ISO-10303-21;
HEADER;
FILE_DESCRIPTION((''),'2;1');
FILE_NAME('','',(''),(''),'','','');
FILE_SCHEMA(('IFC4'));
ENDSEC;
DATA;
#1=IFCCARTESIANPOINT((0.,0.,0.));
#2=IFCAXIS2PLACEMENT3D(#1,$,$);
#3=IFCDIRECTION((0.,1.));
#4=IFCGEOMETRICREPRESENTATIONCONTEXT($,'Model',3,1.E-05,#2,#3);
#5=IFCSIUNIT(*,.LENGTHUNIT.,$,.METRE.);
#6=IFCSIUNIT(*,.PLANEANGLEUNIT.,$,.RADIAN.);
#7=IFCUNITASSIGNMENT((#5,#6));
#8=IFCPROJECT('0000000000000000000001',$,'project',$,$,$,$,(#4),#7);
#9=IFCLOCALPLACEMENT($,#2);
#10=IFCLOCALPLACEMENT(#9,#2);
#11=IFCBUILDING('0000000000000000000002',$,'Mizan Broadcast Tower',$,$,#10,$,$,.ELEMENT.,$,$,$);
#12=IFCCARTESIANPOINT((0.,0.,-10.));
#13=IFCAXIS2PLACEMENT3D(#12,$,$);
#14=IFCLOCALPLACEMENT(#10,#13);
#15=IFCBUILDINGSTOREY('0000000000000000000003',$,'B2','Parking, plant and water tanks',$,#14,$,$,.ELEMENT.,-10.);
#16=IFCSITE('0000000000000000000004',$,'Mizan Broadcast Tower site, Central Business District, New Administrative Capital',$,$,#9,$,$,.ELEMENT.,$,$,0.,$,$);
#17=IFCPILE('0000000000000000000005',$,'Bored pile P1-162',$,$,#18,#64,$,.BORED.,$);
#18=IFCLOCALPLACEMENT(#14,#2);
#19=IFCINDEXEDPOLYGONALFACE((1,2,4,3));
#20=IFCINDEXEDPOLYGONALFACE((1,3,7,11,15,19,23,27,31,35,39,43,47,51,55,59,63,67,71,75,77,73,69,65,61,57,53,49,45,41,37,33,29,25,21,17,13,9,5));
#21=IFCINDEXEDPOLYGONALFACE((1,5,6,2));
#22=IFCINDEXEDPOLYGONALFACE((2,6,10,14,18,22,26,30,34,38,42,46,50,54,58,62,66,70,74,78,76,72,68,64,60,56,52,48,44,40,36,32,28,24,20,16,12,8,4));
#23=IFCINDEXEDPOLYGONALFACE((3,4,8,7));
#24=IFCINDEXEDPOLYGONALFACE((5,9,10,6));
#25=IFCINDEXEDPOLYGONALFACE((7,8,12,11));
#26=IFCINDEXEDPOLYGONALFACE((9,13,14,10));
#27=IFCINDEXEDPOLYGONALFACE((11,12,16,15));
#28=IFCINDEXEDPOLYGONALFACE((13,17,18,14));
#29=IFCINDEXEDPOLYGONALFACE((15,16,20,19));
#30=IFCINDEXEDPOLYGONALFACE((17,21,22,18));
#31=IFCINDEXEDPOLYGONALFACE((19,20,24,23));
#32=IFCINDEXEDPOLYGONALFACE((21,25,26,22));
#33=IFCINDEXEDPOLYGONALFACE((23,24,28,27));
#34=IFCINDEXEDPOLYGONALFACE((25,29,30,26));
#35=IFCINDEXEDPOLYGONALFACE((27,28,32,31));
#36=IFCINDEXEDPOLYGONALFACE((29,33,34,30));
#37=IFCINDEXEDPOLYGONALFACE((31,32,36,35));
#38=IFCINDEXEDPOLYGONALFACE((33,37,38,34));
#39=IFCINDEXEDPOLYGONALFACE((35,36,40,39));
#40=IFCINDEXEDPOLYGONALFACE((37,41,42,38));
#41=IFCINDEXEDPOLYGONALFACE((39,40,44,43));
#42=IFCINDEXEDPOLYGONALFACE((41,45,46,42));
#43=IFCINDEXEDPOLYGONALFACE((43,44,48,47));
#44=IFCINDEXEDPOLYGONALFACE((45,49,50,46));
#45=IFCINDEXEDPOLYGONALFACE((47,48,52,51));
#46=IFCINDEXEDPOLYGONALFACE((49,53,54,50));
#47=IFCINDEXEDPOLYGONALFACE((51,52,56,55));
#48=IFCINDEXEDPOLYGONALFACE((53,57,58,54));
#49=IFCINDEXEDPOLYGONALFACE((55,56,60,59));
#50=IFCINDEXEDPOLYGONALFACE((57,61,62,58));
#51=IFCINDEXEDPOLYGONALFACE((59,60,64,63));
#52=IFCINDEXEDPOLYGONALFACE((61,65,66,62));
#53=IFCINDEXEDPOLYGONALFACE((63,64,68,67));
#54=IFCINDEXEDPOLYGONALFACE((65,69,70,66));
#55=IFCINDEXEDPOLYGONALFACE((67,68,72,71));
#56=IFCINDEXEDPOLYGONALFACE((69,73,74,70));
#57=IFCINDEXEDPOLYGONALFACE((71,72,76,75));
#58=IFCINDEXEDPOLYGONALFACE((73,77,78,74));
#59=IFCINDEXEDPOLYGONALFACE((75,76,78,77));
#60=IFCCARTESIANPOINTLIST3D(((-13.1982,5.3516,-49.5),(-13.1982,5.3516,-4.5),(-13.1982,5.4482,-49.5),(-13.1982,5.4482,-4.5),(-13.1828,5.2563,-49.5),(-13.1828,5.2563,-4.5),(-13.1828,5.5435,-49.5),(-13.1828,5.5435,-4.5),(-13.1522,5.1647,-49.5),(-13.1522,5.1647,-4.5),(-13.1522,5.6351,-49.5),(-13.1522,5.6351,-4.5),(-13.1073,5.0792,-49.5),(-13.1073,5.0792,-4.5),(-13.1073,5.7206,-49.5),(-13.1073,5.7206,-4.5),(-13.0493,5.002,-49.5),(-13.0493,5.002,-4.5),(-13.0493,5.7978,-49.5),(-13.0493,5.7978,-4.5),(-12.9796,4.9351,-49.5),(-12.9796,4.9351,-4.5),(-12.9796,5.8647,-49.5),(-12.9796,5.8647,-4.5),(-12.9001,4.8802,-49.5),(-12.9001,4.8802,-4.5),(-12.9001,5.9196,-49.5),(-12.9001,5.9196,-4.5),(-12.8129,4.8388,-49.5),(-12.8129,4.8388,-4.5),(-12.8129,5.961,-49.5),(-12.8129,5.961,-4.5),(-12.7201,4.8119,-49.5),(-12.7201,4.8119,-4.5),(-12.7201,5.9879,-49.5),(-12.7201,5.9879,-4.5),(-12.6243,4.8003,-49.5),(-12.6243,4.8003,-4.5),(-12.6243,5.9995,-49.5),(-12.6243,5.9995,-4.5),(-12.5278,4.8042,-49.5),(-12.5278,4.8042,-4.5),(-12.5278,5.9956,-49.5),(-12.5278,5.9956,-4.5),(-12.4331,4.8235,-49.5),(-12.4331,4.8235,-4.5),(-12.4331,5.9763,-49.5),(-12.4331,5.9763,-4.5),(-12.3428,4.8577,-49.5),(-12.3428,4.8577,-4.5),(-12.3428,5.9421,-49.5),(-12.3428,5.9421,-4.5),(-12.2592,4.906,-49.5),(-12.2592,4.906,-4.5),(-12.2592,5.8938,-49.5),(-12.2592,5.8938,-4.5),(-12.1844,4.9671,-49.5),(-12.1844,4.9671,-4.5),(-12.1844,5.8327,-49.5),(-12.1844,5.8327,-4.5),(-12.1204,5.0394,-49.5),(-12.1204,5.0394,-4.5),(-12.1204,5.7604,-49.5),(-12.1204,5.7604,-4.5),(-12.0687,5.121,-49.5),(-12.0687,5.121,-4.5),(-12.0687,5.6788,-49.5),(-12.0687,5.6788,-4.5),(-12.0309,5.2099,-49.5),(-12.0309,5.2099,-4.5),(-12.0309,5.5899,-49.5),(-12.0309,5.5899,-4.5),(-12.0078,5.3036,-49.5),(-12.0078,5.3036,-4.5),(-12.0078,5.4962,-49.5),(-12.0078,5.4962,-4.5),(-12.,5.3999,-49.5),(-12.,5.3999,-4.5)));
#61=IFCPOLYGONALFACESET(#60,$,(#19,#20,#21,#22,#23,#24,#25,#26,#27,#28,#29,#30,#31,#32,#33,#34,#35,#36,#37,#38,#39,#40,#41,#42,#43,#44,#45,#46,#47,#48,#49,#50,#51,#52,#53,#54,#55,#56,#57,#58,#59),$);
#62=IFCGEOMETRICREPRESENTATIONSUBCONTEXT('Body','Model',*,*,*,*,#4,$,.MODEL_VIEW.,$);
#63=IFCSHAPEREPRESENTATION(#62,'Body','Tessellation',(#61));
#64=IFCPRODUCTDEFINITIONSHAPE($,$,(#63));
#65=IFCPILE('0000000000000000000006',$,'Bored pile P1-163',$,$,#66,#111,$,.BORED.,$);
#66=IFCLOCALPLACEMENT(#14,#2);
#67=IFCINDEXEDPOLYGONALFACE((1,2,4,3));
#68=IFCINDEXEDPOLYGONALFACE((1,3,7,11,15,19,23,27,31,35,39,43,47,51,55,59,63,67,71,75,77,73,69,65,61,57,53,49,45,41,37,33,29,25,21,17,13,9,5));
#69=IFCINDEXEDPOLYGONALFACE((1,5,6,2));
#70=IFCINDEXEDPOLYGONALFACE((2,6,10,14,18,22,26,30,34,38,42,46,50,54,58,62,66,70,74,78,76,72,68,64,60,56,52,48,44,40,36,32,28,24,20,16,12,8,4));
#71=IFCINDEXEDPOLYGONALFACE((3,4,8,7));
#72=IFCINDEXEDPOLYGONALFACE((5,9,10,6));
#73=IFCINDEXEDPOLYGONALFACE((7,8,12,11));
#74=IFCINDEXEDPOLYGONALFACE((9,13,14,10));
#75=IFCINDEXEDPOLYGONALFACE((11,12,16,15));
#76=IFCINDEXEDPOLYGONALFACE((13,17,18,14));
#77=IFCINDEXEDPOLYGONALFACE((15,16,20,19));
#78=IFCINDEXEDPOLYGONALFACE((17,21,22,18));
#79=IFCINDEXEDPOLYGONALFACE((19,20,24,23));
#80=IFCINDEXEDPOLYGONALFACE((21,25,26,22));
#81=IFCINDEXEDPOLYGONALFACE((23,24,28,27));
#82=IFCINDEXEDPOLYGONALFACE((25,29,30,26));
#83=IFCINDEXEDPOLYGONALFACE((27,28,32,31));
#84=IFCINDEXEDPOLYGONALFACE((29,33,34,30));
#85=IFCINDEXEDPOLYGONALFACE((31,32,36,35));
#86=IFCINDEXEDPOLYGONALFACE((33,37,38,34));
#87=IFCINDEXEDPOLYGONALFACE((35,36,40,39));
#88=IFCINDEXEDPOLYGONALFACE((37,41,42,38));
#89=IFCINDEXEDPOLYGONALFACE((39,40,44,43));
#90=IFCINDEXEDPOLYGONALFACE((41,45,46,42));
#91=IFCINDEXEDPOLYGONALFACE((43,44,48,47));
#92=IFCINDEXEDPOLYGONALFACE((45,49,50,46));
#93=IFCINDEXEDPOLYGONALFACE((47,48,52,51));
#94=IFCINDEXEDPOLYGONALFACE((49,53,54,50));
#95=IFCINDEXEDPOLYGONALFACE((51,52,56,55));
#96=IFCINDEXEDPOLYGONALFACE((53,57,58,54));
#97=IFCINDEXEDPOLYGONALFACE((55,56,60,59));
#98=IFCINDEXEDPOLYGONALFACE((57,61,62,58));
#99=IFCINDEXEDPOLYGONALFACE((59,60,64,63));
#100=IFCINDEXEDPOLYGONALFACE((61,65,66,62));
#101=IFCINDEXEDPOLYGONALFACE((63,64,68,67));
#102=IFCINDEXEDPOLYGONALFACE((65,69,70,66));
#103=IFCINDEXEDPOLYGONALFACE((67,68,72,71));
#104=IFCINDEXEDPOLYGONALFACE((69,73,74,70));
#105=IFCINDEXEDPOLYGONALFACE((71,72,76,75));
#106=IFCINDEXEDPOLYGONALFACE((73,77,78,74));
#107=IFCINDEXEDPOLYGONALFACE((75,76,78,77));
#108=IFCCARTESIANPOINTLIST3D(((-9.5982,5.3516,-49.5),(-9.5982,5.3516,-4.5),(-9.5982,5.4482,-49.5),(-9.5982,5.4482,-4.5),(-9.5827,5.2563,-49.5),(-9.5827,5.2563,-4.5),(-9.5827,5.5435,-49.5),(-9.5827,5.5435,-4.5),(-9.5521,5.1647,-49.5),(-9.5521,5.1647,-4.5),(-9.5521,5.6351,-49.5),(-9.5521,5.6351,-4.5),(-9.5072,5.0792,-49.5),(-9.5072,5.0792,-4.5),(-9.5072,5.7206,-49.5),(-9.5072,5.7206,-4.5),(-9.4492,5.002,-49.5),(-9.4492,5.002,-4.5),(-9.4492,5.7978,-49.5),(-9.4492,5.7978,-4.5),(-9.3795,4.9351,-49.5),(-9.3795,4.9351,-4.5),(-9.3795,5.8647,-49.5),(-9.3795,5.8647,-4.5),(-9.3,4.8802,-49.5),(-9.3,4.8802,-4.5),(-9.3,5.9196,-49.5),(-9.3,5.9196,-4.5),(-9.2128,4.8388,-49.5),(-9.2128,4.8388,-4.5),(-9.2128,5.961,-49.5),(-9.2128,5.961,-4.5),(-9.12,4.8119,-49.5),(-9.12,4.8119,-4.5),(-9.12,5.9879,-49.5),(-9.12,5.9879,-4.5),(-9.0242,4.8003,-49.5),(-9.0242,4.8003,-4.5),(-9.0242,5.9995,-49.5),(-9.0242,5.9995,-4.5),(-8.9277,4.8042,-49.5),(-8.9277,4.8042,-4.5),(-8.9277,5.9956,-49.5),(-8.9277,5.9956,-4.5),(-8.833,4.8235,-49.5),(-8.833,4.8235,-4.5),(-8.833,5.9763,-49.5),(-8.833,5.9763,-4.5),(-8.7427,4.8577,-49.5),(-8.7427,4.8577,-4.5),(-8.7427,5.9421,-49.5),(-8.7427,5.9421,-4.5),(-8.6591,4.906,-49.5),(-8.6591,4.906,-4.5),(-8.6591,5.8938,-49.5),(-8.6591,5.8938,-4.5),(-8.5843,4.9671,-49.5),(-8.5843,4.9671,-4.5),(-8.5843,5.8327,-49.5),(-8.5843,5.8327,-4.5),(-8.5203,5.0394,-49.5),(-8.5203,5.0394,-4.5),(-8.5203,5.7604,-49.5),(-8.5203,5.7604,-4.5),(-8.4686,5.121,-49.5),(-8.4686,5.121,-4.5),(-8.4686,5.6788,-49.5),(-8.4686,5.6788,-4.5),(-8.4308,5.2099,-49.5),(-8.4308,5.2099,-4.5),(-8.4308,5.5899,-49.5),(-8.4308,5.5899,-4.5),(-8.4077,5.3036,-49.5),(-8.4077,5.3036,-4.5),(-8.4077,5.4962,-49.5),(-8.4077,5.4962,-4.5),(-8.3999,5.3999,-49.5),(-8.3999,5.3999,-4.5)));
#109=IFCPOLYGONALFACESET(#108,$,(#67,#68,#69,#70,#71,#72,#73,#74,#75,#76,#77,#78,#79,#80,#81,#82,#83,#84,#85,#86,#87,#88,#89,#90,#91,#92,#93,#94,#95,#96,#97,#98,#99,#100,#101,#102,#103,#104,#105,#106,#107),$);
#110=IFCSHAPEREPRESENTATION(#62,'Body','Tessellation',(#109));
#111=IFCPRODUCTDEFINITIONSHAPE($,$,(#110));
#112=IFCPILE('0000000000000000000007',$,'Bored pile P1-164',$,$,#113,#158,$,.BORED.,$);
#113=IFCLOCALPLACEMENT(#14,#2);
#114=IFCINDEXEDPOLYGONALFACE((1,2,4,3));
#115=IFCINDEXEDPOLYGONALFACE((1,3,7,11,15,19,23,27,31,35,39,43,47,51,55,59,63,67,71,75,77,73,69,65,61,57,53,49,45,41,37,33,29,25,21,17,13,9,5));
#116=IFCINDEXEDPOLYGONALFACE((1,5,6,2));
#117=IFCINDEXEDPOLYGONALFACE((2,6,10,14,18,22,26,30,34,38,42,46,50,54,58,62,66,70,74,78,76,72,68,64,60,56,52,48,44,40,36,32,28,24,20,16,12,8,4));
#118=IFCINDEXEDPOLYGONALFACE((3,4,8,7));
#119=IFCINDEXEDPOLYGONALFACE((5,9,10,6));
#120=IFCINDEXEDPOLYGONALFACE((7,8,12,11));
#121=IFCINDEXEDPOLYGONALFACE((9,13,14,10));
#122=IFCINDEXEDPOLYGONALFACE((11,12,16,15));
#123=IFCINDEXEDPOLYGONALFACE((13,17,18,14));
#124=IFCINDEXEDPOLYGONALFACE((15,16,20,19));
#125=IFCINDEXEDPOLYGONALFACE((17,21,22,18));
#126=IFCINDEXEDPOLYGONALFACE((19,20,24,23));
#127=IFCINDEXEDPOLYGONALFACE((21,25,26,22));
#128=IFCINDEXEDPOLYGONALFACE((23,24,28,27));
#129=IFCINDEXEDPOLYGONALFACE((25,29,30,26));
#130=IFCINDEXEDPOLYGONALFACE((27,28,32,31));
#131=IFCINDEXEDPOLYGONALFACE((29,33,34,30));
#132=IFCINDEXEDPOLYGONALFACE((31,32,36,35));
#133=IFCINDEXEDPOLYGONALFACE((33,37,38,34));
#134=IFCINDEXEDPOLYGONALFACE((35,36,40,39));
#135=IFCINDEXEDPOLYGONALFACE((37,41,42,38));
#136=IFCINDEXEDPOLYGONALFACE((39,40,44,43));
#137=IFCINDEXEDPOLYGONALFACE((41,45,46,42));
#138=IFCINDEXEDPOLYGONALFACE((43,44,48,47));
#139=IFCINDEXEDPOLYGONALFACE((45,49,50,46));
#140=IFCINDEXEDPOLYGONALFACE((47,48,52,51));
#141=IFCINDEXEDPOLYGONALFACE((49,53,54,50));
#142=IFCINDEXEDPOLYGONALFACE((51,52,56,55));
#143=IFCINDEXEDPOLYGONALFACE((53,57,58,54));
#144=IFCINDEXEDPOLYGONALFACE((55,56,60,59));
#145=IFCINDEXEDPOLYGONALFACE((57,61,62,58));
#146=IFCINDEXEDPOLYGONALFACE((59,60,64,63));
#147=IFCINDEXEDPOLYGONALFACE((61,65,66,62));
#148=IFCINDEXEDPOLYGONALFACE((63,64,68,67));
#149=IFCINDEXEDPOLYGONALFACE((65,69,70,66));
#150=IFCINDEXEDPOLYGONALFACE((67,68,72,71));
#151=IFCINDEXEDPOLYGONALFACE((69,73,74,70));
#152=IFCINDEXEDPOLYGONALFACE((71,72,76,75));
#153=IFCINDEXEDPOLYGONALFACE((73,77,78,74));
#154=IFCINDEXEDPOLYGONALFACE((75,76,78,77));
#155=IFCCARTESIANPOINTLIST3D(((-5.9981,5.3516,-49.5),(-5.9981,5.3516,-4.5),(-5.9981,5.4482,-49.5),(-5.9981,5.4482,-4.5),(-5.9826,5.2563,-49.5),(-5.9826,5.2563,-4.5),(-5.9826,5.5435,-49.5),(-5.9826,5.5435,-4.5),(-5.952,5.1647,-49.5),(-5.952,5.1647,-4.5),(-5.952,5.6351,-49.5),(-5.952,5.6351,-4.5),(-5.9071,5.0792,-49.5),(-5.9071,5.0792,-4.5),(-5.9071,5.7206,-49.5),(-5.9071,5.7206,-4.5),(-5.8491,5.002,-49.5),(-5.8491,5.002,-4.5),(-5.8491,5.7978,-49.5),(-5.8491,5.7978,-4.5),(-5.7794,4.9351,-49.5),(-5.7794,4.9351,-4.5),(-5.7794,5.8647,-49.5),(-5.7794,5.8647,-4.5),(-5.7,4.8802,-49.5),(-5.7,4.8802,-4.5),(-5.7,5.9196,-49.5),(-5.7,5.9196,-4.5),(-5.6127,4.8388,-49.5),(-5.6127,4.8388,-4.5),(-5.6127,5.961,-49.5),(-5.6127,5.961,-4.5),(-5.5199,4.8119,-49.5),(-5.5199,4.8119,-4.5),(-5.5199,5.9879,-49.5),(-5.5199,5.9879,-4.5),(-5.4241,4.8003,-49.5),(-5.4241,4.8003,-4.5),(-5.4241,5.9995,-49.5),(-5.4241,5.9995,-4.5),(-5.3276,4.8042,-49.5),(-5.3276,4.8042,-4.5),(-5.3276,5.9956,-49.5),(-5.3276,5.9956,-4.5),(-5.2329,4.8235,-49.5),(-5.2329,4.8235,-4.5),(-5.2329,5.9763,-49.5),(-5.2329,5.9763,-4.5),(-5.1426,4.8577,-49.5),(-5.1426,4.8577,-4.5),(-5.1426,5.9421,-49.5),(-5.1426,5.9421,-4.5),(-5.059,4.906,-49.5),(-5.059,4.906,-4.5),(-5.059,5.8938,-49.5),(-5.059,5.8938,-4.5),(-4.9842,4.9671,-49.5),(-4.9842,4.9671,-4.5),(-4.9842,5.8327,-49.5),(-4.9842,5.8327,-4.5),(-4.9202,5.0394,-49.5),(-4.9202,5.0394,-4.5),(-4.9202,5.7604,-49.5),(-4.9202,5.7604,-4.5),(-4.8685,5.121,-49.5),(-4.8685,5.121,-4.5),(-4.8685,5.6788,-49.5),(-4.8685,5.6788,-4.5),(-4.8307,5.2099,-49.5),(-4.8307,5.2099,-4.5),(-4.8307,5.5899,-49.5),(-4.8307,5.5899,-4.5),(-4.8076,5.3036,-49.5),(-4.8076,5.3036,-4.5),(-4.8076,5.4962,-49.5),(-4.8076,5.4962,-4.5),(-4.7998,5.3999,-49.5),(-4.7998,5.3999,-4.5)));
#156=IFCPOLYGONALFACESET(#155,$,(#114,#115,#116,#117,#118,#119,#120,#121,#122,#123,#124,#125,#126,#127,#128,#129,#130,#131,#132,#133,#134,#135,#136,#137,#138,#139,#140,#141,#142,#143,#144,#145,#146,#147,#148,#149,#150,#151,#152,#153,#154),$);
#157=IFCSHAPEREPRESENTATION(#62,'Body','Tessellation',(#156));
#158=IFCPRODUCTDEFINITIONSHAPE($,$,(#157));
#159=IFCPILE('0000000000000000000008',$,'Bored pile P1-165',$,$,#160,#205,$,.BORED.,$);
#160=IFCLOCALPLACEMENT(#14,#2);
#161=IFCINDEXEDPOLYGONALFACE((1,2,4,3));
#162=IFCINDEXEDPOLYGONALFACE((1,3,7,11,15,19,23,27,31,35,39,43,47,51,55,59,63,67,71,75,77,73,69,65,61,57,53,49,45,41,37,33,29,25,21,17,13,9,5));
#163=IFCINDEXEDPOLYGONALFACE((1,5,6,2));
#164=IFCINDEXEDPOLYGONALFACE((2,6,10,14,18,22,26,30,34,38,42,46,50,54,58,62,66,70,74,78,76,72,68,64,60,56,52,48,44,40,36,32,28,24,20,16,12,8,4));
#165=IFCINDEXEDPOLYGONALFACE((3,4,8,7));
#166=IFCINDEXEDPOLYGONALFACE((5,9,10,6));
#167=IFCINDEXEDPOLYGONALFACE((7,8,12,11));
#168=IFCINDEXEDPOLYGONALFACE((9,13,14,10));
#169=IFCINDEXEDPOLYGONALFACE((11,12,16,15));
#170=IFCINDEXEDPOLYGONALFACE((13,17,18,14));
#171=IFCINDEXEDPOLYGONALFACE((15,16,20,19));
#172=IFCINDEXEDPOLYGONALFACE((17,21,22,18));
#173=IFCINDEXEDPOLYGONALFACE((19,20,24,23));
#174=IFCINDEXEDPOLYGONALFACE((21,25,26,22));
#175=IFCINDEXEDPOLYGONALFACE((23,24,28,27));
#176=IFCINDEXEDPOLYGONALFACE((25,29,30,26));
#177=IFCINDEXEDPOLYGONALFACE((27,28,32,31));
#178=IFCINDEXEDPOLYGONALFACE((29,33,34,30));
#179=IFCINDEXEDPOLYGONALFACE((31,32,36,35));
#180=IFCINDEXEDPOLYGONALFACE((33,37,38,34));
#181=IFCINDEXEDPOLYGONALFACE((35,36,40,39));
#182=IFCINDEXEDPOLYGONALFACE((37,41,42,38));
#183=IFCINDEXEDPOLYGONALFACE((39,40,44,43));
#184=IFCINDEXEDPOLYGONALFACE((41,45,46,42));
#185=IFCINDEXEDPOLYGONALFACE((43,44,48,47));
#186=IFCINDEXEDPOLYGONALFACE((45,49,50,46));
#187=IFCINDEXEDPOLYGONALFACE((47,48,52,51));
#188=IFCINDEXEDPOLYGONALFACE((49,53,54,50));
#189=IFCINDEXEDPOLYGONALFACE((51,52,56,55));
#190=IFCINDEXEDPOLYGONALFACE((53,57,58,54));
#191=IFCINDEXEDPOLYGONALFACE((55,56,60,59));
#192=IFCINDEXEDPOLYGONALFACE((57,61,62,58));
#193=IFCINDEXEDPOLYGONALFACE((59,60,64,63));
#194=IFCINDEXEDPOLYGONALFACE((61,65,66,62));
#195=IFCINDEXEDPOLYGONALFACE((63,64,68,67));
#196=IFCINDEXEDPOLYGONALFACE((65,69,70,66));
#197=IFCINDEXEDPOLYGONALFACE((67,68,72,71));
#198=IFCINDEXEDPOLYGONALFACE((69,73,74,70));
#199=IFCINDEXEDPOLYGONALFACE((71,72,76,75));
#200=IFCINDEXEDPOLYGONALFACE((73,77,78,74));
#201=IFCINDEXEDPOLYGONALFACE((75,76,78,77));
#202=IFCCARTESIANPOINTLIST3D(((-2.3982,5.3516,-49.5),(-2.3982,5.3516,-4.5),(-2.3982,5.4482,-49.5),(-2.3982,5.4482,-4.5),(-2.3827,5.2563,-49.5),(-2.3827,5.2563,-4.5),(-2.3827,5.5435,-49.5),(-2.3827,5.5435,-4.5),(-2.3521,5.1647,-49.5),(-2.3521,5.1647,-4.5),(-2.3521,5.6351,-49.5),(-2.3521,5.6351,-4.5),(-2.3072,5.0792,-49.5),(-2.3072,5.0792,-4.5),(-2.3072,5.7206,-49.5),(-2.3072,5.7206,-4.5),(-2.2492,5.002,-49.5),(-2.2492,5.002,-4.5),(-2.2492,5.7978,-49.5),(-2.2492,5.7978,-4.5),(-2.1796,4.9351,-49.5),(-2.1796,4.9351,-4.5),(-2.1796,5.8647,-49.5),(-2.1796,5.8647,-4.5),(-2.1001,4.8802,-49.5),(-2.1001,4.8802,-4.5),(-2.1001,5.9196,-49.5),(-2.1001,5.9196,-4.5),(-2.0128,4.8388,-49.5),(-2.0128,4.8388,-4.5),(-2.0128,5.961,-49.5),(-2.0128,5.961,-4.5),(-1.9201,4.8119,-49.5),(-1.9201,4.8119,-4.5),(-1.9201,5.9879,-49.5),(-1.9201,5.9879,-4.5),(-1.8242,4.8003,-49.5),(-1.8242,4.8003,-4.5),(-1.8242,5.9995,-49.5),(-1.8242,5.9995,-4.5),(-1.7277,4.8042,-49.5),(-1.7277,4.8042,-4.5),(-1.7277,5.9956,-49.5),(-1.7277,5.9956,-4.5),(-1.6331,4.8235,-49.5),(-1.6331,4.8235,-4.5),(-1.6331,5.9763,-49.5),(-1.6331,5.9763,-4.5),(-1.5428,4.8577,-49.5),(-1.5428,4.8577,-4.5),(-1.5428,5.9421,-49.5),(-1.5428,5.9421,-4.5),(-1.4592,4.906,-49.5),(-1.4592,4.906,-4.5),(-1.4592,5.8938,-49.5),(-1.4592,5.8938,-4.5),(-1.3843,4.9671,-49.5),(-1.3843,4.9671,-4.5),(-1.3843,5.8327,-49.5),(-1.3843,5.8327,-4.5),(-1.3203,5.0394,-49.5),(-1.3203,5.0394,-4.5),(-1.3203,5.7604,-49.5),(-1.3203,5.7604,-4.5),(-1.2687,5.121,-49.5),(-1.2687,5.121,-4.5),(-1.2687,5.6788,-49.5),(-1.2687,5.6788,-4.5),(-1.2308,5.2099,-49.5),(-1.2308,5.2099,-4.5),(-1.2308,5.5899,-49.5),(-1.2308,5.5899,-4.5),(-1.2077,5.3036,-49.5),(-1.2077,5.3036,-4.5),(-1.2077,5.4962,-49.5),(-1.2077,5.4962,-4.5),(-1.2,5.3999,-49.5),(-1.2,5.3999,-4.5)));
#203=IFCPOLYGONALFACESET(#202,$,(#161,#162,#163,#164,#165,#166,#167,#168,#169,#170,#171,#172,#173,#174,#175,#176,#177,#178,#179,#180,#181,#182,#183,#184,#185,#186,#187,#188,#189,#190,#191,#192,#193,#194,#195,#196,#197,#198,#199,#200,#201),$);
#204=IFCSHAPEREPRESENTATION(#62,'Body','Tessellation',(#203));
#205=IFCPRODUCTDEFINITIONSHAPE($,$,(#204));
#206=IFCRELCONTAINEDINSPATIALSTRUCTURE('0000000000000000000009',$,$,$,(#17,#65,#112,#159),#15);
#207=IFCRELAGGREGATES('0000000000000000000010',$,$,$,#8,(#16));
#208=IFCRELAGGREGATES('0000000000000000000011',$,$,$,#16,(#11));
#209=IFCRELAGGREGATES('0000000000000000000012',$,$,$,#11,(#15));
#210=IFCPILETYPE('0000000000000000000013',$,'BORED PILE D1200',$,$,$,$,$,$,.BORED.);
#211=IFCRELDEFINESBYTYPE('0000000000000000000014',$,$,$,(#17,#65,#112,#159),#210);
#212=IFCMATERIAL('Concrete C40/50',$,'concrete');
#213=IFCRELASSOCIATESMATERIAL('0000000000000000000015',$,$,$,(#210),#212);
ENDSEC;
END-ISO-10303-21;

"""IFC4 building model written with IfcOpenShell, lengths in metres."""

from ifc_helpers import new_model, si_unit, direction, frame, origin, origin_2d, place, context, subcontext, project, spatial, circle, extrude, material, material_profile, profile_set, type_object, element, save


model = new_model("IFC4")

# Units and contexts
model_context = context("Model", 3, precision=1e-05, world=origin(), true_north=direction((0.0, 1.0)))
body_context = subcontext(model_context, "Body", "Model", "MODEL_VIEW")
ifc_project = project(units=[si_unit("LENGTHUNIT", "METRE"), si_unit("PLANEANGLEUNIT", "RADIAN")], contexts=[model_context])

# Site, building, storey
site_placement = place(None, origin())
site = spatial("IfcSite", under=ifc_project, at=site_placement, Name="Mizan Broadcast Tower site, Central Business District, New Administrative Capital", CompositionType="ELEMENT", RefElevation=0.0)
building_placement = place(site_placement, origin())
building = spatial("IfcBuilding", under=site, at=building_placement, Name="Mizan Broadcast Tower", CompositionType="ELEMENT")
storey_placement = place(building_placement, frame((0.0, 0.0, -10.0)))
storey = spatial("IfcBuildingStorey", under=building, at=storey_placement, Name="B2", Description="Parking, plant and water tanks", CompositionType="ELEMENT", Elevation=-10.0)

# Piles
ifc_material_1 = material(Name="Concrete C40/50", Category="concrete")
ifc_material_profile_1 = material_profile(ifc_material_1, circle(Radius=0.6001, at=origin_2d()), Name="D1200")
ifc_profile_set_1 = profile_set([ifc_material_profile_1], Name="Concrete C40/50")
pile_type = type_object("IfcPileType", Name="BORED PILE D1200", PredefinedType="BORED", material=ifc_profile_set_1)
for number, where, z_axis, x_axis, name in (
    (1, (-12.6001, 5.3999, -4.5), (0.0, 0.0, -1.0), (1.0, 0.0, 0.0), "Bored pile P1-162"),
    (2, (-9.0, 5.3999, -4.5), (0.0, 0.0, -1.0), (1.0, 0.0, 0.0), "Bored pile P1-163"),
    (3, (-5.3999, 5.3999, -4.5), (0.0, 0.0, -1.0), (1.0, 0.0, 0.0), "Bored pile P1-164"),
    (4, (-1.8, 5.3999, -4.5), (0.0, 0.0, -1.0), (1.0, 0.0, 0.0), "Bored pile P1-165"),
):
    element("IfcPile", number, at=place(storey_placement, frame(where, z_axis=z_axis, x_axis=x_axis)), inside=storey, type_object=pile_type, Name=name, PredefinedType="BORED", context=body_context, shape_type="SweptSolid", body=[
        extrude(circle(Radius=0.6001, at=origin_2d()), origin(), (0.0, 0.0, 1.0), 45.0),
    ])

save(model, "model.ifc")
